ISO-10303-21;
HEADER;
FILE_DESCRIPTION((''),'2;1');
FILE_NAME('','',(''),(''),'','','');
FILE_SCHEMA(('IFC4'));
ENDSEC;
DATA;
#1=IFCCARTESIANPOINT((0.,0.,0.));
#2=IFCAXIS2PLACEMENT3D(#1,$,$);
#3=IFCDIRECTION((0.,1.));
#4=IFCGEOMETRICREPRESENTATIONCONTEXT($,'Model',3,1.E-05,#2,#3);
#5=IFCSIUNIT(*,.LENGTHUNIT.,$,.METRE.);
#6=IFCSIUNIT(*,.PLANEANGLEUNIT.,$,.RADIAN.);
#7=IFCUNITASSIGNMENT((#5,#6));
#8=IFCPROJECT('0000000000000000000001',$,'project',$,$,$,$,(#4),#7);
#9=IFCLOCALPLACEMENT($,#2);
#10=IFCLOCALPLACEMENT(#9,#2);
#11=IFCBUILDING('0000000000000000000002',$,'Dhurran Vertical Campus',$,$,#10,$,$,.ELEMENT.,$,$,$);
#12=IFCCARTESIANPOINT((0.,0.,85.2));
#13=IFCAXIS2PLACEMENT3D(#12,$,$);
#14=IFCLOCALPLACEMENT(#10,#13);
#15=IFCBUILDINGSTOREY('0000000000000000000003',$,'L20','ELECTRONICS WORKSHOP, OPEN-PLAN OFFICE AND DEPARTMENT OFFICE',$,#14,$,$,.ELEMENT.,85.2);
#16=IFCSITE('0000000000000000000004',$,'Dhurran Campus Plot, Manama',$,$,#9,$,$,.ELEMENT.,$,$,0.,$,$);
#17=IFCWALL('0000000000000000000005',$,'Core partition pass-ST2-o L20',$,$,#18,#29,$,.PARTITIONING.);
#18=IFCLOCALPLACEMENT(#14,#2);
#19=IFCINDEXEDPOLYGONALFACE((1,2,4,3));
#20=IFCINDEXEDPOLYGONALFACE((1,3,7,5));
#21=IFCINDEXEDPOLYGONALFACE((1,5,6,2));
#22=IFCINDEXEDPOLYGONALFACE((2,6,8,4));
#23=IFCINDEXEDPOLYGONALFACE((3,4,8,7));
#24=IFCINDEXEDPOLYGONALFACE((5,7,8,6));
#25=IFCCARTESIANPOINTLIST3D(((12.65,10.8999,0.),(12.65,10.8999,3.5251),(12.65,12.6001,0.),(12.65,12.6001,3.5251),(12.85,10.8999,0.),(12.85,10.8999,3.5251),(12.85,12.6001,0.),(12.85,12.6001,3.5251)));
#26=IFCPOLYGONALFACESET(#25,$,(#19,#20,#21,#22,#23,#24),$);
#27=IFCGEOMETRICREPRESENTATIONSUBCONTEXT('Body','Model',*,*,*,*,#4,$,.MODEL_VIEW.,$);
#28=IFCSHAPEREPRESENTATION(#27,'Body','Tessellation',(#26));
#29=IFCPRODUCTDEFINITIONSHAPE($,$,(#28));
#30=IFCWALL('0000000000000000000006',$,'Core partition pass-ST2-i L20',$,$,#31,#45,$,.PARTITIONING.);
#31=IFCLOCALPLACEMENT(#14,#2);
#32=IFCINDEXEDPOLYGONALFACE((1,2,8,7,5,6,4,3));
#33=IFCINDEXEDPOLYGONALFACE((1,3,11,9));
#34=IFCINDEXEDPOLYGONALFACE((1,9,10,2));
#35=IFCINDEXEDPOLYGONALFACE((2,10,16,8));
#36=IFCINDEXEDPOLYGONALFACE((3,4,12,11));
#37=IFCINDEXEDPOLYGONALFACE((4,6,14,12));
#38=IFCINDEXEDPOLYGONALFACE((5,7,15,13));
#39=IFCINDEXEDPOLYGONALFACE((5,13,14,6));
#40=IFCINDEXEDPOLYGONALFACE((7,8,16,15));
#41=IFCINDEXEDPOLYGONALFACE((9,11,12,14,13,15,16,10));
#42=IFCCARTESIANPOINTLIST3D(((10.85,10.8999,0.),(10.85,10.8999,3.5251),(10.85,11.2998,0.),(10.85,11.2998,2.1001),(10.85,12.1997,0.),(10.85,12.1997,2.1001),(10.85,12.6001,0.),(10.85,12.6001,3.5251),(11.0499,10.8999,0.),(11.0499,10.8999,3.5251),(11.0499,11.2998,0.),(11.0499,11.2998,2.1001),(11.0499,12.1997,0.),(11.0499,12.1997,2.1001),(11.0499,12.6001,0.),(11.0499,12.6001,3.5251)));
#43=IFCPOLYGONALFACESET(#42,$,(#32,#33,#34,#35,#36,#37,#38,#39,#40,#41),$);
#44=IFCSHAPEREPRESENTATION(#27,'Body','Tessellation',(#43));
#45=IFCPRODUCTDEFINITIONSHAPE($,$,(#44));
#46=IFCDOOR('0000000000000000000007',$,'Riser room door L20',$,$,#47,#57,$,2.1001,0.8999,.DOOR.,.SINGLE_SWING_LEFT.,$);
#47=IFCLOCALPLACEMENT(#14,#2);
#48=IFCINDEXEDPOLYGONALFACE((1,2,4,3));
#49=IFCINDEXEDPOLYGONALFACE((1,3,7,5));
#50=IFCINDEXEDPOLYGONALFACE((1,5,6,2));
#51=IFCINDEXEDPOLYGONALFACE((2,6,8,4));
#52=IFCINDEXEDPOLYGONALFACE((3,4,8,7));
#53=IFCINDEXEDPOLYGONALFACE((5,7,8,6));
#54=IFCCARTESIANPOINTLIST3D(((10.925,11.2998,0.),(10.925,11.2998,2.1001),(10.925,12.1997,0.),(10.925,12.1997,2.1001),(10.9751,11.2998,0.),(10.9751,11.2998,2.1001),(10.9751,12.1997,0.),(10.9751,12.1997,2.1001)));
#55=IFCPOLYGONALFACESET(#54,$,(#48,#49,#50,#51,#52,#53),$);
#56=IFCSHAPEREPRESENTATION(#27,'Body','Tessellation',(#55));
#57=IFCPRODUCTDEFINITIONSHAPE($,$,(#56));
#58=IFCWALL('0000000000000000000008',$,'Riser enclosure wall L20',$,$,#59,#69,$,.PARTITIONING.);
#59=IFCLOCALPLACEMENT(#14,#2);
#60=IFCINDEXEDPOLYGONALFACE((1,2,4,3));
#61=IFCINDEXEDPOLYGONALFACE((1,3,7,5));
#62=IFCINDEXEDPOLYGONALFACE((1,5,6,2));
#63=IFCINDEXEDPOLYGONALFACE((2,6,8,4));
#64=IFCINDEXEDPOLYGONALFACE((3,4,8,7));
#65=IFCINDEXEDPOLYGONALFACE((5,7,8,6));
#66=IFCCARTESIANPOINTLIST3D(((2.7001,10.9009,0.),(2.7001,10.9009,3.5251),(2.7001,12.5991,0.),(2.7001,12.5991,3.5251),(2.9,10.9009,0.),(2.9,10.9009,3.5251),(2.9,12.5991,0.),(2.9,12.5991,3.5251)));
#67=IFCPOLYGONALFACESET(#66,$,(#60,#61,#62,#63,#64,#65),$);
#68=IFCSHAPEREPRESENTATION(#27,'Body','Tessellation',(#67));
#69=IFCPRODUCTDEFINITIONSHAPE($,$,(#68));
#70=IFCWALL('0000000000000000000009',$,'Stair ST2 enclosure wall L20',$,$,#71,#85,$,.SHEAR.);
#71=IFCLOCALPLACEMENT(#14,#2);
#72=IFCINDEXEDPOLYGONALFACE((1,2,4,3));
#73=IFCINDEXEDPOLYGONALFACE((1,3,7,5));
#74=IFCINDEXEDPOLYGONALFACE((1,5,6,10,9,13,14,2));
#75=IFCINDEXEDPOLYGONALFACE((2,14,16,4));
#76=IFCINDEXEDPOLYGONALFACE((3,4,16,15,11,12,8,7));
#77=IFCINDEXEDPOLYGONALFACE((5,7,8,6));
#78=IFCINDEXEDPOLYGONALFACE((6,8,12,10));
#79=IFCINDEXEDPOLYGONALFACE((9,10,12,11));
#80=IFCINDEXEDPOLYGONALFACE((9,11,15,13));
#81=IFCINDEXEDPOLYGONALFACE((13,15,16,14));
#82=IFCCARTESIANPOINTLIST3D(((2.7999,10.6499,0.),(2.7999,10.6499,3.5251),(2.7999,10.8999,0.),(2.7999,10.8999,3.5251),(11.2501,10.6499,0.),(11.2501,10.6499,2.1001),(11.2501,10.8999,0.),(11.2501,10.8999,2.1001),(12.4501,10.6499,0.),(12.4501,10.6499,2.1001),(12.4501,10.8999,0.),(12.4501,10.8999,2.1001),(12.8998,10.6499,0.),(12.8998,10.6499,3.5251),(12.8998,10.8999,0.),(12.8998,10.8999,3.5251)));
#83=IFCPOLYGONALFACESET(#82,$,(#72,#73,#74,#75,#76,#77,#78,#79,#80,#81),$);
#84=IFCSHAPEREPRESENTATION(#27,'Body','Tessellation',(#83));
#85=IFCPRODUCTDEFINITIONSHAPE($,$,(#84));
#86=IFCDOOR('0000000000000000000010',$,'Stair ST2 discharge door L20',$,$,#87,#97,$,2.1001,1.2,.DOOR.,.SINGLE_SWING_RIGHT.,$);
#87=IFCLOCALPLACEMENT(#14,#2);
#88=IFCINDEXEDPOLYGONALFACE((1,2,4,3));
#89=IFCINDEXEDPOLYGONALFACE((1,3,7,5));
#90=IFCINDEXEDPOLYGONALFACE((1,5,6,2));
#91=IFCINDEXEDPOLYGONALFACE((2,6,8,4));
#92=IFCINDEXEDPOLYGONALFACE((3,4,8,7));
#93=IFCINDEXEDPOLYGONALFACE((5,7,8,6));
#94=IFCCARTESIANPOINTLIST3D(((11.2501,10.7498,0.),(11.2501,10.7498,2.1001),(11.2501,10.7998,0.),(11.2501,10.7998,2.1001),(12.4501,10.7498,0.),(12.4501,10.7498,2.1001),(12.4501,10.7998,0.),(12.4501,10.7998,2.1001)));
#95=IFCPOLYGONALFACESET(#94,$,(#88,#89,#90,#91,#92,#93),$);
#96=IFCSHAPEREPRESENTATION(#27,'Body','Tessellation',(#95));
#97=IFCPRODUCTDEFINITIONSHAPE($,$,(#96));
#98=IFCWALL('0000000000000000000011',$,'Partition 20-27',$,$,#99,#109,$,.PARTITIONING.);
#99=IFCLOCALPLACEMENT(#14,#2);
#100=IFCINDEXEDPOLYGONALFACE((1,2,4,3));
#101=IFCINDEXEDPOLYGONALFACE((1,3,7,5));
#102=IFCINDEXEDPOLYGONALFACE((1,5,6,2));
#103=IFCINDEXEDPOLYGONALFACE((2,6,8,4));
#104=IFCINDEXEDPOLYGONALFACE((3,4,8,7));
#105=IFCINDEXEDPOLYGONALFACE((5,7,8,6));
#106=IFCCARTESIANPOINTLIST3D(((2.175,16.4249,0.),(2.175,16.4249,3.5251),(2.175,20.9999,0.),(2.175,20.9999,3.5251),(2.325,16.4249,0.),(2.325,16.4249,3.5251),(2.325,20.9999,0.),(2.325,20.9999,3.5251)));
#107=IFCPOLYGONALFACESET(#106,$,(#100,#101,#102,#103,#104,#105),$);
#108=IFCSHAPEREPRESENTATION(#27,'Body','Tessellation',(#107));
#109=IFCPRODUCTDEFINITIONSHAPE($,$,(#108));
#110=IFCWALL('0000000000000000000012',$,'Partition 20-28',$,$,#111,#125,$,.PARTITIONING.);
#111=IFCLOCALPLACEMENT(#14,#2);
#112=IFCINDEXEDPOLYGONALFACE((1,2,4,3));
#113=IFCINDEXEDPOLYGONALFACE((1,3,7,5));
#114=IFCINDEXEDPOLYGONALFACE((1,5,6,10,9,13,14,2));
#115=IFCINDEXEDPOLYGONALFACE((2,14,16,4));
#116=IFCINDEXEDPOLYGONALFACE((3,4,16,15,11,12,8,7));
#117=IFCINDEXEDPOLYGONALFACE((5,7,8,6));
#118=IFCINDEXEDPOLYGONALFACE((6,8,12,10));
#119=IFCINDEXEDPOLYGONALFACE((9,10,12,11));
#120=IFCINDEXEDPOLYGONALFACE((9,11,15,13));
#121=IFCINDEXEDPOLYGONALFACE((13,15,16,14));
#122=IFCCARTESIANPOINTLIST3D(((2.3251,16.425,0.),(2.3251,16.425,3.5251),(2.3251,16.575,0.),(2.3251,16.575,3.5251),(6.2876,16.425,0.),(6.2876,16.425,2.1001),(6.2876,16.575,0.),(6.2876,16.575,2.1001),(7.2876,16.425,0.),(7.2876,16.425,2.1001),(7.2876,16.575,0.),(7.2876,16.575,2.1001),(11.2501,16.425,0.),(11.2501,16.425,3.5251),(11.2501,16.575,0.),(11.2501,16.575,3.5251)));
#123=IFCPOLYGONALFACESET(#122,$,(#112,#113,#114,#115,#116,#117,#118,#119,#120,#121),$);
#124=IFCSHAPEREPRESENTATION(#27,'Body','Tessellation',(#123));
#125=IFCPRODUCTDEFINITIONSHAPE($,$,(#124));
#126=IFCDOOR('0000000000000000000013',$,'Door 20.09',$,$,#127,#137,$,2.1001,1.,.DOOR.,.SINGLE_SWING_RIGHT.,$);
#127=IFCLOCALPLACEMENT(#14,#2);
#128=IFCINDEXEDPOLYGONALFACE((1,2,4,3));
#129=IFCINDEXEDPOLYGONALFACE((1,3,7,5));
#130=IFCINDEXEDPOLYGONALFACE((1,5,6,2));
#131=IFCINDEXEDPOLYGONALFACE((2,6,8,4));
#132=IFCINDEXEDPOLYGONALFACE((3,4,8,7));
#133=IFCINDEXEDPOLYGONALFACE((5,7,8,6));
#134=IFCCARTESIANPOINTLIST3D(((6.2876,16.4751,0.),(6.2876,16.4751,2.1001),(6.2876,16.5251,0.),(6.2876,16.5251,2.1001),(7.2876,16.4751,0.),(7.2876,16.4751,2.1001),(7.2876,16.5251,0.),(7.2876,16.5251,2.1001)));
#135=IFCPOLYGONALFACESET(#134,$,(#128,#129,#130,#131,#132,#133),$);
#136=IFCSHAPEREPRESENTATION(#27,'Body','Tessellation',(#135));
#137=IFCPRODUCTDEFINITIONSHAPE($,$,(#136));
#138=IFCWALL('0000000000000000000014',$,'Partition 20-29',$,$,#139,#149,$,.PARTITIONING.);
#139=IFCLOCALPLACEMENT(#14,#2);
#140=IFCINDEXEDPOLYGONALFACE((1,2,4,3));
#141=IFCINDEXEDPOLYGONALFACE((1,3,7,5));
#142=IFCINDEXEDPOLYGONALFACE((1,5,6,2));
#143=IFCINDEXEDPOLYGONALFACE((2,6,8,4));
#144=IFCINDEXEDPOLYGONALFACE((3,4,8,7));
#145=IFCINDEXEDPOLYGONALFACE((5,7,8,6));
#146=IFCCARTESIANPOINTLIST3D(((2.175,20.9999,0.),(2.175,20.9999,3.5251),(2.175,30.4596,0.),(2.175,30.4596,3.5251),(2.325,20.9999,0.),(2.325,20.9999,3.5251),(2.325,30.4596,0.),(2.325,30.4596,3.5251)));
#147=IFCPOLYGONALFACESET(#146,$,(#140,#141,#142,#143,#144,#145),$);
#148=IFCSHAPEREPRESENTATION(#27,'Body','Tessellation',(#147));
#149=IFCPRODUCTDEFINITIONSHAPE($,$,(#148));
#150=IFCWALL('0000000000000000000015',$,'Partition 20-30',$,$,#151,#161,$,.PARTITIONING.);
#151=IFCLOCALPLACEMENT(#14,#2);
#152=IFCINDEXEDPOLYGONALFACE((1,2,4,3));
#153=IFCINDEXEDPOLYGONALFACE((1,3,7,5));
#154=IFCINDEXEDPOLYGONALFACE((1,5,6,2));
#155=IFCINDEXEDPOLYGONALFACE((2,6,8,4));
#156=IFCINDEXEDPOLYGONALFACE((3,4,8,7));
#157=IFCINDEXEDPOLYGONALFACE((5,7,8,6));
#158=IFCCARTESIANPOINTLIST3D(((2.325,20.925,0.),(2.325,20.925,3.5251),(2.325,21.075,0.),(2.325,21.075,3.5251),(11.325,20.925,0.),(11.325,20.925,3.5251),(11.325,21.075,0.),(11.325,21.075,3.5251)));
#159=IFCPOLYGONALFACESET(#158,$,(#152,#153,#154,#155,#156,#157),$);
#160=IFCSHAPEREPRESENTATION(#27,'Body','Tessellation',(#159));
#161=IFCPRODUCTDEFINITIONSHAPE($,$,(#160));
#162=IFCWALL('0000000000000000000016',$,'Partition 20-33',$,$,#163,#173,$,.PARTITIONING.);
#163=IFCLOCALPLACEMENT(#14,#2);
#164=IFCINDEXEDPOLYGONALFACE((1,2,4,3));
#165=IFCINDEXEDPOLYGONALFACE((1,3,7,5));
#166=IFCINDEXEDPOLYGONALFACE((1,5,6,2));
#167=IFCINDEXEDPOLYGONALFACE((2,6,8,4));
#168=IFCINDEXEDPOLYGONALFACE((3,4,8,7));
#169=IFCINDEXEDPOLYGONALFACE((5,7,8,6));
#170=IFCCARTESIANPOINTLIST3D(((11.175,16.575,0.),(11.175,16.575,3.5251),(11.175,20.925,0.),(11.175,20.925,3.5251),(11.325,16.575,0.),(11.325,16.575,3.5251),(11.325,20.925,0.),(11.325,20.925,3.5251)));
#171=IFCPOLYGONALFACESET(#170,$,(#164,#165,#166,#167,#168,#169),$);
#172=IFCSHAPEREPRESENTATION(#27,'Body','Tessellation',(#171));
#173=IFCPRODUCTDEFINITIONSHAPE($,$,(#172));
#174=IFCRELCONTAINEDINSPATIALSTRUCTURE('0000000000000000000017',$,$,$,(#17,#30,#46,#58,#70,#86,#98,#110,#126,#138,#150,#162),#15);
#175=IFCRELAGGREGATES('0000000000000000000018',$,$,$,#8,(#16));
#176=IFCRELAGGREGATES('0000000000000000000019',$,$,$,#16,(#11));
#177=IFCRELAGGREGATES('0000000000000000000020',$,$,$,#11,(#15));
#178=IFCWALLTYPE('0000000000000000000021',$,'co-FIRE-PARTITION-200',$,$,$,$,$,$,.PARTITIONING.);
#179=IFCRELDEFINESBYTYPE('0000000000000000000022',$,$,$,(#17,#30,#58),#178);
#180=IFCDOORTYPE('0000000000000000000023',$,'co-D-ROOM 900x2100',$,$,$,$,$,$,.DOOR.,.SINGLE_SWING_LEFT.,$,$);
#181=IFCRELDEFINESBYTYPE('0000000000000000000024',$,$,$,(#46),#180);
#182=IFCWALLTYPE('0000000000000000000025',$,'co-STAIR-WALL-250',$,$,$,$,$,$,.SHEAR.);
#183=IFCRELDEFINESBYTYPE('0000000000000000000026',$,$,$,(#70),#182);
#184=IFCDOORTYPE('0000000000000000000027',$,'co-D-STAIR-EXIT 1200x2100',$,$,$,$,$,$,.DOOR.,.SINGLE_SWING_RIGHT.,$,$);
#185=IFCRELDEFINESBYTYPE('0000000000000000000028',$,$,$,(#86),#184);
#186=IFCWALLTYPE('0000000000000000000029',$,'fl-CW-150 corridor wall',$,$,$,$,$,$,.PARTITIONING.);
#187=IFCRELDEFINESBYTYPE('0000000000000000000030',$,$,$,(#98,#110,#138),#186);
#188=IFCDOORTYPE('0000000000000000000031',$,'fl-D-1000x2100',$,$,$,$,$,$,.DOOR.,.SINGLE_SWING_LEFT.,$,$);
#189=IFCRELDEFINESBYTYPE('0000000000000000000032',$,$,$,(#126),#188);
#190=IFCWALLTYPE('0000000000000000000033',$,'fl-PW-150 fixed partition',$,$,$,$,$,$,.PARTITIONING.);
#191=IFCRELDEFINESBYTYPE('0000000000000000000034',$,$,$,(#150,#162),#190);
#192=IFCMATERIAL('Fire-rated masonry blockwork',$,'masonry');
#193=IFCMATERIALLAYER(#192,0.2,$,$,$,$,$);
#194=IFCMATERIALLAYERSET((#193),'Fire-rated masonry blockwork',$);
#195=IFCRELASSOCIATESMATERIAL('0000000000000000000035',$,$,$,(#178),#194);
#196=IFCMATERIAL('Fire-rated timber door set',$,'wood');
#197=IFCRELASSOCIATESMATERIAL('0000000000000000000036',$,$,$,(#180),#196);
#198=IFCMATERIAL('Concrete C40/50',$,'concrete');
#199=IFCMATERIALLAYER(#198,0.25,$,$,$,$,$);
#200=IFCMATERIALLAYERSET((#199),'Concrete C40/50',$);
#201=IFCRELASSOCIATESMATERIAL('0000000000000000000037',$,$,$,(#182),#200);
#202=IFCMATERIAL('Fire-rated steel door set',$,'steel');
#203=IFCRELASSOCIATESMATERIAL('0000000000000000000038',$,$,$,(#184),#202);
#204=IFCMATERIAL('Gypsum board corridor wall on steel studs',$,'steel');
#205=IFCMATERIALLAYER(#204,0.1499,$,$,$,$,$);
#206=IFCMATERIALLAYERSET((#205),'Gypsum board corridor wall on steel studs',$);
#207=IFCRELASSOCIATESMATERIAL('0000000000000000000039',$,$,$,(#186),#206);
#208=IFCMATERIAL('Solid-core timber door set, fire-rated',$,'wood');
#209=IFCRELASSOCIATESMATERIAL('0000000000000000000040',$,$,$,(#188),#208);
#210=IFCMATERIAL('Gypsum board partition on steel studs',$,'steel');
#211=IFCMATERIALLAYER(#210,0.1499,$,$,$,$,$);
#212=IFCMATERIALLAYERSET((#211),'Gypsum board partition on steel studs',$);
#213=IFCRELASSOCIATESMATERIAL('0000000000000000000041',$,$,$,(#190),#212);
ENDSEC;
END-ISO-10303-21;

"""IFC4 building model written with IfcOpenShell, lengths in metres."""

from ifc_helpers import new_model, si_unit, direction, frame, frame_2d, origin, place, context, subcontext, project, spatial, rectangle, extrude, material, layer, layer_set, type_object, element, fill, save


model = new_model("IFC4")

# Units and contexts
model_context = context("Model", 3, precision=1e-05, world=origin(), true_north=direction((0.0, 1.0)))
body_context = subcontext(model_context, "Body", "Model", "MODEL_VIEW")
ifc_project = project(units=[si_unit("LENGTHUNIT", "METRE"), si_unit("PLANEANGLEUNIT", "RADIAN")], contexts=[model_context])

# Site, building, storey
site_placement = place(None, origin())
site = spatial("IfcSite", under=ifc_project, at=site_placement, Name="Dhurran Campus Plot, Manama", CompositionType="ELEMENT", RefElevation=0.0)
building_placement = place(site_placement, origin())
building = spatial("IfcBuilding", under=site, at=building_placement, Name="Dhurran Vertical Campus", CompositionType="ELEMENT")
storey_placement = place(building_placement, frame((0.0, 0.0, 85.2)))
storey = spatial("IfcBuildingStorey", under=building, at=storey_placement, Name="L20", Description="ELECTRONICS WORKSHOP, OPEN-PLAN OFFICE AND DEPARTMENT OFFICE", CompositionType="ELEMENT", Elevation=85.2)

# Wall
ifc_material_1 = material(Name="Fire-rated masonry blockwork", Category="masonry")
ifc_layer_1 = layer(ifc_material_1, 0.2)
ifc_layer_set_1 = layer_set([ifc_layer_1], Name="Fire-rated masonry blockwork")
wall_type_1 = type_object("IfcWallType", Name="co-FIRE-PARTITION-200", PredefinedType="PARTITIONING", material=ifc_layer_set_1)
wall_1_placement = place(storey_placement, frame((12.75, 10.8999, 0.0), z_axis=(0.0, 0.0, 1.0), x_axis=(0.0, 1.0, 0.0)))
element("IfcWall", 1, at=wall_1_placement, inside=storey, type_object=wall_type_1, Name="Core partition pass-ST2-o L20", PredefinedType="PARTITIONING", context=body_context, shape_type="SweptSolid", body=[
    extrude(rectangle(XDim=1.7002, YDim=0.2, at=frame_2d((0.8501, 0.0))), origin(), (0.0, 0.0, 1.0), 3.5251),
])

# Wall, opening, door
wall_2_placement = place(storey_placement, frame((10.95, 10.8999, 0.0), z_axis=(0.0, 0.0, 1.0), x_axis=(0.0, 1.0, 0.0)))
wall_2 = element("IfcWall", 2, at=wall_2_placement, inside=storey, type_object=wall_type_1, Name="Core partition pass-ST2-i L20", PredefinedType="PARTITIONING", context=body_context, shape_type="SweptSolid", body=[
    extrude(rectangle(XDim=1.7002, YDim=0.2, at=frame_2d((0.8501, 0.0))), origin(), (0.0, 0.0, 1.0), 3.5251),
])
opening_1_placement = place(wall_2_placement, frame((0.3999, 0.0, 0.0)))
opening_1 = element("IfcOpeningElement", 3, at=opening_1_placement, cuts=wall_2, PredefinedType="OPENING", context=body_context, shape_type="SweptSolid", body=[
    extrude(rectangle(XDim=0.8999, YDim=2.1001, at=frame_2d((0.45, 1.05))), frame((0.0, 0.1099, 0.0), z_axis=(0.0, -1.0, 0.0), x_axis=(1.0, 0.0, 0.0)), (0.0, 0.0, 1.0), 0.22),
])
ifc_material_2 = material(Name="Fire-rated timber door set", Category="wood")
door_type_1 = type_object("IfcDoorType", Name="co-D-ROOM 900x2100", OperationType="SINGLE_SWING_LEFT", PredefinedType="DOOR", material=ifc_material_2)
door_1_placement = place(opening_1_placement, origin())
door_1 = element("IfcDoor", 4, at=door_1_placement, inside=storey, type_object=door_type_1, Name="Riser room door L20", OperationType="SINGLE_SWING_LEFT", OverallHeight=2.1001, OverallWidth=0.8999, PredefinedType="DOOR", context=body_context, shape_type="SweptSolid", body=[
    extrude(rectangle(XDim=0.8999, YDim=2.1001, at=frame_2d((0.45, 1.05))), frame((0.0, 0.0249, 0.0), z_axis=(0.0, -1.0, 0.0), x_axis=(1.0, 0.0, 0.0)), (0.0, 0.0, 1.0), 0.05),
])
fill(opening_1, door_1)

# Wall
wall_3_placement = place(storey_placement, frame((2.8, 12.5991, 0.0), z_axis=(0.0, 0.0, 1.0), x_axis=(0.0, -1.0, 0.0)))
element("IfcWall", 5, at=wall_3_placement, inside=storey, type_object=wall_type_1, Name="Riser enclosure wall L20", PredefinedType="PARTITIONING", context=body_context, shape_type="SweptSolid", body=[
    extrude(rectangle(XDim=1.6982, YDim=0.2, at=frame_2d((0.8491, 0.0))), origin(), (0.0, 0.0, 1.0), 3.5251),
])

# Wall, opening, door
ifc_material_3 = material(Name="Concrete C40/50", Category="concrete")
ifc_layer_2 = layer(ifc_material_3, 0.25)
ifc_layer_set_2 = layer_set([ifc_layer_2], Name="Concrete C40/50")
wall_type_2 = type_object("IfcWallType", Name="co-STAIR-WALL-250", PredefinedType="SHEAR", material=ifc_layer_set_2)
wall_4_placement = place(storey_placement, frame((2.8, 10.7749, 0.0), z_axis=(0.0, 0.0, 1.0), x_axis=(1.0, 0.0, 0.0)))
wall_4 = element("IfcWall", 6, at=wall_4_placement, inside=storey, type_object=wall_type_2, Name="Stair ST2 enclosure wall L20", PredefinedType="SHEAR", context=body_context, shape_type="SweptSolid", body=[
    extrude(rectangle(XDim=10.0999, YDim=0.25, at=frame_2d((5.0498, 0.0))), origin(), (0.0, 0.0, 1.0), 3.5251),
])
opening_2_placement = place(wall_4_placement, frame((8.45, 0.0, 0.0)))
opening_2 = element("IfcOpeningElement", 7, at=opening_2_placement, cuts=wall_4, PredefinedType="OPENING", context=body_context, shape_type="SweptSolid", body=[
    extrude(rectangle(XDim=1.2, YDim=2.1001, at=frame_2d((0.6001, 1.05))), frame((0.0, 0.135, 0.0), z_axis=(0.0, -1.0, 0.0), x_axis=(1.0, 0.0, 0.0)), (0.0, 0.0, 1.0), 0.27),
])
ifc_material_4 = material(Name="Fire-rated steel door set", Category="steel")
door_type_2 = type_object("IfcDoorType", Name="co-D-STAIR-EXIT 1200x2100", OperationType="SINGLE_SWING_RIGHT", PredefinedType="DOOR", material=ifc_material_4)
door_2_placement = place(opening_2_placement, origin())
door_2 = element("IfcDoor", 8, at=door_2_placement, inside=storey, type_object=door_type_2, Name="Stair ST2 discharge door L20", OperationType="SINGLE_SWING_RIGHT", OverallHeight=2.1001, OverallWidth=1.2, PredefinedType="DOOR", context=body_context, shape_type="SweptSolid", body=[
    extrude(rectangle(XDim=1.2, YDim=2.1001, at=frame_2d((0.6001, 1.05))), frame((0.0, 0.0249, 0.0), z_axis=(0.0, -1.0, 0.0), x_axis=(1.0, 0.0, 0.0)), (0.0, 0.0, 1.0), 0.05),
])
fill(opening_2, door_2)

# Wall
ifc_material_5 = material(Name="Gypsum board corridor wall on steel studs", Category="steel")
ifc_layer_3 = layer(ifc_material_5, 0.1499)
ifc_layer_set_3 = layer_set([ifc_layer_3], Name="Gypsum board corridor wall on steel studs")
wall_type_3 = type_object("IfcWallType", Name="fl-CW-150 corridor wall", PredefinedType="PARTITIONING", material=ifc_layer_set_3)
wall_5_placement = place(storey_placement, frame((2.25, 21.0, 0.0), z_axis=(0.0, 0.0, 1.0), x_axis=(0.0, -1.0, 0.0)))
element("IfcWall", 9, at=wall_5_placement, inside=storey, type_object=wall_type_3, Name="Partition 20-27", PredefinedType="PARTITIONING", context=body_context, shape_type="SweptSolid", body=[
    extrude(rectangle(XDim=4.575, YDim=0.1499, at=frame_2d((2.2876, 0.0))), origin(), (0.0, 0.0, 1.0), 3.5251),
])

# Wall, opening, door
wall_6_placement = place(storey_placement, frame((11.25, 16.5, 0.0), z_axis=(0.0, 0.0, 1.0), x_axis=(-1.0, 0.0, 0.0)))
wall_6 = element("IfcWall", 10, at=wall_6_placement, inside=storey, type_object=wall_type_3, Name="Partition 20-28", PredefinedType="PARTITIONING", context=body_context, shape_type="SweptSolid", body=[
    extrude(rectangle(XDim=8.925, YDim=0.1499, at=frame_2d((4.4624, 0.0))), origin(), (0.0, 0.0, 1.0), 3.5251),
])
opening_3_placement = place(wall_6_placement, frame((3.9624, 0.0, 0.0)))
opening_3 = element("IfcOpeningElement", 11, at=opening_3_placement, cuts=wall_6, PredefinedType="OPENING", context=body_context, shape_type="SweptSolid", body=[
    extrude(rectangle(XDim=1.0, YDim=2.1001, at=frame_2d((0.5, 1.05))), frame((0.0, 0.085, 0.0), z_axis=(0.0, -1.0, 0.0), x_axis=(1.0, 0.0, 0.0)), (0.0, 0.0, 1.0), 0.1699),
])
ifc_material_6 = material(Name="Solid-core timber door set, fire-rated", Category="wood")
door_type_3 = type_object("IfcDoorType", Name="fl-D-1000x2100", OperationType="SINGLE_SWING_LEFT", PredefinedType="DOOR", material=ifc_material_6)
door_3_placement = place(opening_3_placement, origin())
door_3 = element("IfcDoor", 12, at=door_3_placement, inside=storey, type_object=door_type_3, Name="Door 20.09", OperationType="SINGLE_SWING_RIGHT", OverallHeight=2.1001, OverallWidth=1.0, PredefinedType="DOOR", context=body_context, shape_type="SweptSolid", body=[
    extrude(rectangle(XDim=1.0, YDim=2.1001, at=frame_2d((0.5, 1.05))), frame((0.0, 0.0249, 0.0), z_axis=(0.0, -1.0, 0.0), x_axis=(1.0, 0.0, 0.0)), (0.0, 0.0, 1.0), 0.05),
])
fill(opening_3, door_3)

# Walls
wall_7_placement = place(storey_placement, frame((2.25, 30.4597, 0.0), z_axis=(0.0, 0.0, 1.0), x_axis=(0.0, -1.0, 0.0)))
element("IfcWall", 13, at=wall_7_placement, inside=storey, type_object=wall_type_3, Name="Partition 20-29", PredefinedType="PARTITIONING", context=body_context, shape_type="SweptSolid", body=[
    extrude(rectangle(XDim=9.4597, YDim=0.1499, at=frame_2d((4.73, 0.0))), origin(), (0.0, 0.0, 1.0), 3.5251),
])
ifc_material_7 = material(Name="Gypsum board partition on steel studs", Category="steel")
ifc_layer_4 = layer(ifc_material_7, 0.1499)
ifc_layer_set_4 = layer_set([ifc_layer_4], Name="Gypsum board partition on steel studs")
wall_type_4 = type_object("IfcWallType", Name="fl-PW-150 fixed partition", PredefinedType="PARTITIONING", material=ifc_layer_set_4)
wall_8_placement = place(storey_placement, frame((2.325, 21.0, 0.0), z_axis=(0.0, 0.0, 1.0), x_axis=(1.0, 0.0, 0.0)))
element("IfcWall", 14, at=wall_8_placement, inside=storey, type_object=wall_type_4, Name="Partition 20-30", PredefinedType="PARTITIONING", context=body_context, shape_type="SweptSolid", body=[
    extrude(rectangle(XDim=9.0, YDim=0.1499, at=frame_2d((4.5, 0.0))), origin(), (0.0, 0.0, 1.0), 3.5251),
])
wall_9_placement = place(storey_placement, frame((11.25, 20.925, 0.0), z_axis=(0.0, 0.0, 1.0), x_axis=(0.0, -1.0, 0.0)))
element("IfcWall", 15, at=wall_9_placement, inside=storey, type_object=wall_type_4, Name="Partition 20-33", PredefinedType="PARTITIONING", context=body_context, shape_type="SweptSolid", body=[
    extrude(rectangle(XDim=4.3501, YDim=0.1499, at=frame_2d((2.175, 0.0))), origin(), (0.0, 0.0, 1.0), 3.5251),
])

save(model, "model.ifc")
